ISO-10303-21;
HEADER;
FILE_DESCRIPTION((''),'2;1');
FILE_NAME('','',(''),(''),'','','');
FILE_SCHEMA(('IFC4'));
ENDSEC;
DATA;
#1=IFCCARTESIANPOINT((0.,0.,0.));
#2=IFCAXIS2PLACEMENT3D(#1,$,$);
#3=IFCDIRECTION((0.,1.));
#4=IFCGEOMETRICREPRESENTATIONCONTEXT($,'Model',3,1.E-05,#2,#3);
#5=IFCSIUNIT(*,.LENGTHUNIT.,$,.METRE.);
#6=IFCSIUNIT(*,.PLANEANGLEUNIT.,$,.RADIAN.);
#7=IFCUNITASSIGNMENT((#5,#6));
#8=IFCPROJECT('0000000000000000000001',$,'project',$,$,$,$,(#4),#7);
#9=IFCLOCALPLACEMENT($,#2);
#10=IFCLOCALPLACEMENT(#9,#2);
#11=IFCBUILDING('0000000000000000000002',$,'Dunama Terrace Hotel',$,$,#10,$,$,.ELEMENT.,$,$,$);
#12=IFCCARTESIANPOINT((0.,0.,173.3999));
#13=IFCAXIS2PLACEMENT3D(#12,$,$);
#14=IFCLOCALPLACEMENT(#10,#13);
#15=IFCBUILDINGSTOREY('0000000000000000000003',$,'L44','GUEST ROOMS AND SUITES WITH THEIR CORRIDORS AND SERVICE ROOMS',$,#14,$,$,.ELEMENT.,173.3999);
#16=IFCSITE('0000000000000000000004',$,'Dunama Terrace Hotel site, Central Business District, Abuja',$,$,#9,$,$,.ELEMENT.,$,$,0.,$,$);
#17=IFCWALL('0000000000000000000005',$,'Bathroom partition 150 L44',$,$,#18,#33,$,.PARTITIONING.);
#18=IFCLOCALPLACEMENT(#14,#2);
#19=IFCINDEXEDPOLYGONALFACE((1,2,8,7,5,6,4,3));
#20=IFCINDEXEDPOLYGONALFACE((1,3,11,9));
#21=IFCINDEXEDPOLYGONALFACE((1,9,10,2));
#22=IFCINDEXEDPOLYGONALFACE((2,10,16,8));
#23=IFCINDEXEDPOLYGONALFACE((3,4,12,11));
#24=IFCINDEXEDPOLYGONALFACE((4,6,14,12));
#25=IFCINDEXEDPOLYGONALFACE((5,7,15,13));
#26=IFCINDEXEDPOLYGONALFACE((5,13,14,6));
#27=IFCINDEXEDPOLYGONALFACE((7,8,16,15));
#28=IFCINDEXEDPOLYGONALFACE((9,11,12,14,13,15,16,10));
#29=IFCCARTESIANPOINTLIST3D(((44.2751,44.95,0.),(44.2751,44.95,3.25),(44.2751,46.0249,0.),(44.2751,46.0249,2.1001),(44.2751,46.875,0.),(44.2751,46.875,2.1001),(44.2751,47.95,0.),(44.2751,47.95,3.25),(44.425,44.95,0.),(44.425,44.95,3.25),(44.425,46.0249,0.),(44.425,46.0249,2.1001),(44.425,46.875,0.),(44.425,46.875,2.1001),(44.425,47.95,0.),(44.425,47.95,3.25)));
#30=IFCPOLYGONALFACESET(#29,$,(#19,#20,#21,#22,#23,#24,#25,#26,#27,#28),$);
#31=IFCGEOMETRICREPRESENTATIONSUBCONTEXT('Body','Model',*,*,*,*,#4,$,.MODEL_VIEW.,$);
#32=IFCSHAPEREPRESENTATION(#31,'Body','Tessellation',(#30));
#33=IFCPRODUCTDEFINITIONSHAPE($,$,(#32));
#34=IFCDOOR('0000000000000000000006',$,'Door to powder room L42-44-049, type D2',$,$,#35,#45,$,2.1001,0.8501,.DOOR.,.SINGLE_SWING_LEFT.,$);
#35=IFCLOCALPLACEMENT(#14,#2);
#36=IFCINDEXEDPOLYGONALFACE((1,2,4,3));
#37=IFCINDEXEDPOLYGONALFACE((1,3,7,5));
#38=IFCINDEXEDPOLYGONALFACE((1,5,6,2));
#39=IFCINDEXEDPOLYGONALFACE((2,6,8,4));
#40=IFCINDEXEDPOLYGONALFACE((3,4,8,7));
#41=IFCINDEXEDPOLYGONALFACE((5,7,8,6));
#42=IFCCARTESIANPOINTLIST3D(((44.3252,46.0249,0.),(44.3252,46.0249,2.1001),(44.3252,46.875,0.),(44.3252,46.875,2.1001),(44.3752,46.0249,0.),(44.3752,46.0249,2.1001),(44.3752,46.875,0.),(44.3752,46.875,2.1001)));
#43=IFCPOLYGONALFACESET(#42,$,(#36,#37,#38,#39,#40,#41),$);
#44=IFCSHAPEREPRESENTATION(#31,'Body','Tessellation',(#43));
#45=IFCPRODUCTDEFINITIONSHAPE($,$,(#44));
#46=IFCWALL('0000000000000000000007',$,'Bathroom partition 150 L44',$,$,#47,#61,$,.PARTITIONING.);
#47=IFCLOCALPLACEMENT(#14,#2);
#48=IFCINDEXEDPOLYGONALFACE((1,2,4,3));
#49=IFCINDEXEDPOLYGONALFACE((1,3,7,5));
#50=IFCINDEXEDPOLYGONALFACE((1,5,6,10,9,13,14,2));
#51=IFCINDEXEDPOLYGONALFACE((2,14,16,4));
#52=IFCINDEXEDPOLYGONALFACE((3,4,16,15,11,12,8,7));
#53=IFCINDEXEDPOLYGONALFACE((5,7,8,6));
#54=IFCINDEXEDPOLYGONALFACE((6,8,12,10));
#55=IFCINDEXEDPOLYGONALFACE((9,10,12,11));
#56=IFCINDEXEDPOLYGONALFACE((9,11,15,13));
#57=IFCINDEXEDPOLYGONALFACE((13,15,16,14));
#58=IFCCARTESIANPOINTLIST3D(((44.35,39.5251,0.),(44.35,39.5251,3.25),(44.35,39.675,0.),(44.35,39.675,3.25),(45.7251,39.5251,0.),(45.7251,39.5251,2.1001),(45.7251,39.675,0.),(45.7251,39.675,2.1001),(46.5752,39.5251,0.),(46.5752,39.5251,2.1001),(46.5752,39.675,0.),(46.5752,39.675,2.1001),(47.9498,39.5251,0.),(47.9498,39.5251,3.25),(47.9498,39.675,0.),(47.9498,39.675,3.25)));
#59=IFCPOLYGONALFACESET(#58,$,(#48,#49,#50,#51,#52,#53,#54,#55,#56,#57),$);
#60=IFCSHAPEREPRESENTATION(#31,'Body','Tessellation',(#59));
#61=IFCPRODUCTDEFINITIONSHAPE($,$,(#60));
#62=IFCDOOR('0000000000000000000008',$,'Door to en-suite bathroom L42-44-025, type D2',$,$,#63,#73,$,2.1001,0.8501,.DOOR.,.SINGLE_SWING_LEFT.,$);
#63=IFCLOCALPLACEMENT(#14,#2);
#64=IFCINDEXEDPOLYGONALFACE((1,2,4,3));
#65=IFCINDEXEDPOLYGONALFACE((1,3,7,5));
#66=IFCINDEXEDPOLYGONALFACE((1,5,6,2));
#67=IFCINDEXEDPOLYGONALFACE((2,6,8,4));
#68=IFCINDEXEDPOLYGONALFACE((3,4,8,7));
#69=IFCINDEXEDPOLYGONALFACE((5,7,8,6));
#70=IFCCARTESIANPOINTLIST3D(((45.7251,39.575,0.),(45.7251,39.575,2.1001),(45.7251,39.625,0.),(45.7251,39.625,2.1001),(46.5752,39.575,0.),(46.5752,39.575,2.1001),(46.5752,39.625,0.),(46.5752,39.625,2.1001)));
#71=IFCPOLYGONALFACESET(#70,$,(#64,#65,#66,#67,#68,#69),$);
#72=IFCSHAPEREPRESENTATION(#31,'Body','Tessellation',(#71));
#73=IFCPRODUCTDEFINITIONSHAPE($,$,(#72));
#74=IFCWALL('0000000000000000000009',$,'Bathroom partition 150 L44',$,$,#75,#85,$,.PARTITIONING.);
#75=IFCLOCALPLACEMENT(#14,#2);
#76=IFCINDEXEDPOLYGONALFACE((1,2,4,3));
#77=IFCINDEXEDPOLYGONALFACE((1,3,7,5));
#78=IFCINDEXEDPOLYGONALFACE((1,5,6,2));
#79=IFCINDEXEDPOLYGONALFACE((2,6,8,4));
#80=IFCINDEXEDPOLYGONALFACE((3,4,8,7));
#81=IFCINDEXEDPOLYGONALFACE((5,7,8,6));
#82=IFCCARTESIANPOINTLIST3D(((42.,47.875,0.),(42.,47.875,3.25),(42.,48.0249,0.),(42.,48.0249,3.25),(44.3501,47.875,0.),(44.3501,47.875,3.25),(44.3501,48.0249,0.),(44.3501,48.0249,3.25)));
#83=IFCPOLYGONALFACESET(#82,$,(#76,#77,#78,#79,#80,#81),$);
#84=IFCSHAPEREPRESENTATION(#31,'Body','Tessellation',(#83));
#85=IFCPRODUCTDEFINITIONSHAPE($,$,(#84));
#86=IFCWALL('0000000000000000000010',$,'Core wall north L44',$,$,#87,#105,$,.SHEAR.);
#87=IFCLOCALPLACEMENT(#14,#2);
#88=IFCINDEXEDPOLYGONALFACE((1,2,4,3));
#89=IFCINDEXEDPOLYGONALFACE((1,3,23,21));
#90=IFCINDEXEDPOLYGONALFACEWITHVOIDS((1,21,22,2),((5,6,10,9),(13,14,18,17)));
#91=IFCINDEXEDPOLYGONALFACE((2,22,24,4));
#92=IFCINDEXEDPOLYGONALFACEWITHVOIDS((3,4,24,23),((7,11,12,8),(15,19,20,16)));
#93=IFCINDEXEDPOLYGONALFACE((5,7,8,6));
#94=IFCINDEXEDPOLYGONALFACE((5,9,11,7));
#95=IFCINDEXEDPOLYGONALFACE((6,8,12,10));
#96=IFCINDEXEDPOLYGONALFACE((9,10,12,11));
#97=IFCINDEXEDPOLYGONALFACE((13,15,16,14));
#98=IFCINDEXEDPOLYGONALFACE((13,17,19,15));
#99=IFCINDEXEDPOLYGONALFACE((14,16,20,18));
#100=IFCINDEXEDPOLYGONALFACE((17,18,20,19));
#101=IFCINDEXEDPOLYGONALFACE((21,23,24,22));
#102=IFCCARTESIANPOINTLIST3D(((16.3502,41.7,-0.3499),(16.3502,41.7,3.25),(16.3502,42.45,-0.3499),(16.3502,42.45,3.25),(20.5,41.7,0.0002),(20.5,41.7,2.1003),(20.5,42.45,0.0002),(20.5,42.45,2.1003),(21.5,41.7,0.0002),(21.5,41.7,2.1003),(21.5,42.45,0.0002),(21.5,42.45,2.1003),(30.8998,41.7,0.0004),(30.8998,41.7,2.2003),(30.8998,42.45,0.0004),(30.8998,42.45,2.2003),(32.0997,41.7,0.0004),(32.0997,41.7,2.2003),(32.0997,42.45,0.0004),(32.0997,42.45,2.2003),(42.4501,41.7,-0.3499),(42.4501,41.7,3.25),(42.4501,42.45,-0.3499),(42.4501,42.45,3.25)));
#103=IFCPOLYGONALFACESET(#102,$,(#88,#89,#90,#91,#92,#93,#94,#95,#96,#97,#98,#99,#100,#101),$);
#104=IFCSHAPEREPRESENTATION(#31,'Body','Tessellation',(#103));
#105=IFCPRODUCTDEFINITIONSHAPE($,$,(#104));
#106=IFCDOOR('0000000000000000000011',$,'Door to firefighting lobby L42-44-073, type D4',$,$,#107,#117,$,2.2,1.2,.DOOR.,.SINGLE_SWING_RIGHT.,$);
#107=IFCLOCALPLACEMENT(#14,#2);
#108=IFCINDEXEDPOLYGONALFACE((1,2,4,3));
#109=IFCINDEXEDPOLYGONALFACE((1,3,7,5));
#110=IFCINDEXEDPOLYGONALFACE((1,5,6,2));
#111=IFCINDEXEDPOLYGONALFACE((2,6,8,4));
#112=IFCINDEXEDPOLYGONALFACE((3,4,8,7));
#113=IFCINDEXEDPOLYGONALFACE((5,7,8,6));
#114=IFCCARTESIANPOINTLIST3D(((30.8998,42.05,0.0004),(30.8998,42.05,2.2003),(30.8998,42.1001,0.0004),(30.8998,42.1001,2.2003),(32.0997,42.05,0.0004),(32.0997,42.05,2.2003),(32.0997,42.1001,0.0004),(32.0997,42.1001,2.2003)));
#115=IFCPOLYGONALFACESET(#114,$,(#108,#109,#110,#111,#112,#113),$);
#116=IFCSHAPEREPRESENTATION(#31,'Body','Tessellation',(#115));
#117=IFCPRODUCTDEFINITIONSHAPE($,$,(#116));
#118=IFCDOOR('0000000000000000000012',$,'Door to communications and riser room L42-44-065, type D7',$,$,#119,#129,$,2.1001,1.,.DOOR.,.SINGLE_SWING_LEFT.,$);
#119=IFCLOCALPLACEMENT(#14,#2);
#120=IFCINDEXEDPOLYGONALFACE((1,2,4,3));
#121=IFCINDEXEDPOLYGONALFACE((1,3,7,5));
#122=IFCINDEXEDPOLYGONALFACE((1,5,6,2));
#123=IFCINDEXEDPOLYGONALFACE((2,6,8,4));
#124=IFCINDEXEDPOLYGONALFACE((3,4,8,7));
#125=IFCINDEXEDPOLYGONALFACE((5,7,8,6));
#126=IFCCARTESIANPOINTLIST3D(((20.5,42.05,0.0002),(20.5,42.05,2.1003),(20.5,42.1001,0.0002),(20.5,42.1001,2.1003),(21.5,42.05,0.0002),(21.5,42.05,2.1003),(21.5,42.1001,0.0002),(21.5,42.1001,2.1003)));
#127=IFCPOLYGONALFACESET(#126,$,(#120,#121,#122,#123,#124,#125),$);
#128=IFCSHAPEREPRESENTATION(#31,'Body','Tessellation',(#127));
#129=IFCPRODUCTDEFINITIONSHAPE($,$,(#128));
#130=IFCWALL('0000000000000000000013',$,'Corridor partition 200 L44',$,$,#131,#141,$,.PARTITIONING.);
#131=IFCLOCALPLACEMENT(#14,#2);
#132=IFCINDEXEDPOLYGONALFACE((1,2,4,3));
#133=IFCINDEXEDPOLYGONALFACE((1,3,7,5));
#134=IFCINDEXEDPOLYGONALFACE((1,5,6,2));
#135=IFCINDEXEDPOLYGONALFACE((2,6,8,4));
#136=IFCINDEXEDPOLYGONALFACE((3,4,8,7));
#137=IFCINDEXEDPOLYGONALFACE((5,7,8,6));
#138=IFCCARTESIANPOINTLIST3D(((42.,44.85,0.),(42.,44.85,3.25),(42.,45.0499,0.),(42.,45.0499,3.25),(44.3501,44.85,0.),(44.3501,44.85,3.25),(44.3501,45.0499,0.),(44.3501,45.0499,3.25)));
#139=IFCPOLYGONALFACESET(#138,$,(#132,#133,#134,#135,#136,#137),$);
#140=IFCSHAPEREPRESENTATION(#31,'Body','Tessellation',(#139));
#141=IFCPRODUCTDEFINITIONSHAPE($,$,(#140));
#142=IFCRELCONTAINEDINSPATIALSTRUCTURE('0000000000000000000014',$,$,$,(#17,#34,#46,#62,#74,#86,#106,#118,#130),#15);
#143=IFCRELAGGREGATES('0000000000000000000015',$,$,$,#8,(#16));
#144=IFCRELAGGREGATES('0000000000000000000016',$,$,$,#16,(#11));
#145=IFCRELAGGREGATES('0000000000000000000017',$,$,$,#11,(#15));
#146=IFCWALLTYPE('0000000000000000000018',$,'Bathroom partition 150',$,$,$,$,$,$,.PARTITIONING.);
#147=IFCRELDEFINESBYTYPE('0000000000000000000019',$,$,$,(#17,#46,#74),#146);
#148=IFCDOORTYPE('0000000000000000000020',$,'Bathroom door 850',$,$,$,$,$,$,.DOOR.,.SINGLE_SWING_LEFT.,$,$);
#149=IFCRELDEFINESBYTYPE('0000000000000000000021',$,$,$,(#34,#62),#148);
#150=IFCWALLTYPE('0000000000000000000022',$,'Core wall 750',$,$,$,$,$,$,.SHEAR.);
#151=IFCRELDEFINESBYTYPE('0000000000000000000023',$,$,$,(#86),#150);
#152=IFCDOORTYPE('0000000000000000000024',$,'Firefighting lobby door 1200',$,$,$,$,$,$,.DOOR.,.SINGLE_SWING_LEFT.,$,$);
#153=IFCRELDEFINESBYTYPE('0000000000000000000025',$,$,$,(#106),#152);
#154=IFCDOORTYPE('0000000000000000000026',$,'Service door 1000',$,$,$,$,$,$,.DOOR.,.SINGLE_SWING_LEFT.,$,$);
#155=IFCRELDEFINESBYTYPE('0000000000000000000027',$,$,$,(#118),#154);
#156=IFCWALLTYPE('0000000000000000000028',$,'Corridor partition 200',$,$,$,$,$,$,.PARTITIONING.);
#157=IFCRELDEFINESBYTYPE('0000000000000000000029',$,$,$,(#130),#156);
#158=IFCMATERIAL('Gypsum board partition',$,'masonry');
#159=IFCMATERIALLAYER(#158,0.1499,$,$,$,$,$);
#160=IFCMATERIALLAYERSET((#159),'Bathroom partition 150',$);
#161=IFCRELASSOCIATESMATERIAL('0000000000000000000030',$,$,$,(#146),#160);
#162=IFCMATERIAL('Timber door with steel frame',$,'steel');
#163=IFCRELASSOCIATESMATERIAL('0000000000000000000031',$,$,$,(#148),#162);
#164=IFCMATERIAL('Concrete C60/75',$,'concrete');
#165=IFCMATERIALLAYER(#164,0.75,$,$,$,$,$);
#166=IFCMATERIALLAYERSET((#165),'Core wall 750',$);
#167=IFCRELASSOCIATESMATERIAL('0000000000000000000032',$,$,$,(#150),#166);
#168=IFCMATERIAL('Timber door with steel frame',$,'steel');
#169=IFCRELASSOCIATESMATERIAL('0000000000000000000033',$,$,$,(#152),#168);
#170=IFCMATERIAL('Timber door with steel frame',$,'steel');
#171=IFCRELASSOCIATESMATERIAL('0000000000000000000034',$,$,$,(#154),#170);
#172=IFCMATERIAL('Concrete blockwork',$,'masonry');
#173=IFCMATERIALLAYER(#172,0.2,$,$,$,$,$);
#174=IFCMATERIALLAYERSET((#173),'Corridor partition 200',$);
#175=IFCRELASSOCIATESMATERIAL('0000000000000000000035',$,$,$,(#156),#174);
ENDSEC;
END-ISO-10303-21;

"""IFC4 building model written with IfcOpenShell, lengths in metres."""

from ifc_helpers import new_model, si_unit, direction, frame, frame_2d, origin, place, context, subcontext, project, spatial, rectangle, extrude, material, layer, layer_set, type_object, element, fill, save


model = new_model("IFC4")

# Units and contexts
model_context = context("Model", 3, precision=1e-05, world=origin(), true_north=direction((0.0, 1.0)))
body_context = subcontext(model_context, "Body", "Model", "MODEL_VIEW")
ifc_project = project(units=[si_unit("LENGTHUNIT", "METRE"), si_unit("PLANEANGLEUNIT", "RADIAN")], contexts=[model_context])

# Site, building, storey
site_placement = place(None, origin())
site = spatial("IfcSite", under=ifc_project, at=site_placement, Name="Dunama Terrace Hotel site, Central Business District, Abuja", CompositionType="ELEMENT", RefElevation=0.0)
building_placement = place(site_placement, origin())
building = spatial("IfcBuilding", under=site, at=building_placement, Name="Dunama Terrace Hotel", CompositionType="ELEMENT")
storey_placement = place(building_placement, frame((0.0, 0.0, 173.3999)))
storey = spatial("IfcBuildingStorey", under=building, at=storey_placement, Name="L44", Description="GUEST ROOMS AND SUITES WITH THEIR CORRIDORS AND SERVICE ROOMS", CompositionType="ELEMENT", Elevation=173.3999)

# Walls, openings, doors
ifc_material_1 = material(Name="Gypsum board partition", Category="masonry")
ifc_layer_1 = layer(ifc_material_1, 0.1499)
ifc_layer_set_1 = layer_set([ifc_layer_1], Name="Bathroom partition 150")
wall_type_1 = type_object("IfcWallType", Name="Bathroom partition 150", PredefinedType="PARTITIONING", material=ifc_layer_set_1)
wall_1_placement = place(storey_placement, frame((44.3501, 44.95, 0.0), z_axis=(0.0, 0.0, 1.0), x_axis=(0.0, 1.0, 0.0)))
wall_1 = element("IfcWall", 1, at=wall_1_placement, inside=storey, type_object=wall_type_1, Name="Bathroom partition 150 L44", PredefinedType="PARTITIONING", context=body_context, shape_type="SweptSolid", body=[
    extrude(rectangle(XDim=3.0, YDim=0.1499, at=frame_2d((1.5, 0.0))), origin(), (0.0, 0.0, 1.0), 3.25),
])
opening_1_placement = place(wall_1_placement, frame((1.075, 0.0, 0.0)))
opening_1 = element("IfcOpeningElement", 2, at=opening_1_placement, cuts=wall_1, PredefinedType="OPENING", context=body_context, shape_type="SweptSolid", body=[
    extrude(rectangle(XDim=0.8501, YDim=2.1001, at=frame_2d((0.425, 1.05))), frame((0.0, 0.085, 0.0), z_axis=(0.0, -1.0, 0.0), x_axis=(1.0, 0.0, 0.0)), (0.0, 0.0, 1.0), 0.1699),
])
ifc_material_2 = material(Name="Timber door with steel frame", Category="steel")
door_type_1 = type_object("IfcDoorType", Name="Bathroom door 850", OperationType="SINGLE_SWING_LEFT", PredefinedType="DOOR", material=ifc_material_2)
door_1_placement = place(opening_1_placement, origin())
door_1 = element("IfcDoor", 3, at=door_1_placement, inside=storey, type_object=door_type_1, Name="Door to powder room L42-44-049, type D2", OperationType="SINGLE_SWING_LEFT", OverallHeight=2.1001, OverallWidth=0.8501, PredefinedType="DOOR", context=body_context, shape_type="SweptSolid", body=[
    extrude(rectangle(XDim=0.8501, YDim=2.1001, at=frame_2d((0.425, 1.05))), frame((0.0, 0.0249, 0.0), z_axis=(0.0, -1.0, 0.0), x_axis=(1.0, 0.0, 0.0)), (0.0, 0.0, 1.0), 0.05),
])
fill(opening_1, door_1)
wall_2_placement = place(storey_placement, frame((44.3501, 39.6001, 0.0), z_axis=(0.0, 0.0, 1.0), x_axis=(1.0, 0.0, 0.0)))
wall_2 = element("IfcWall", 4, at=wall_2_placement, inside=storey, type_object=wall_type_1, Name="Bathroom partition 150 L44", PredefinedType="PARTITIONING", context=body_context, shape_type="SweptSolid", body=[
    extrude(rectangle(XDim=3.5999, YDim=0.1499, at=frame_2d((1.7998, 0.0))), origin(), (0.0, 0.0, 1.0), 3.25),
])
opening_2_placement = place(wall_2_placement, frame((1.375, 0.0, 0.0)))
opening_2 = element("IfcOpeningElement", 5, at=opening_2_placement, cuts=wall_2, PredefinedType="OPENING", context=body_context, shape_type="SweptSolid", body=[
    extrude(rectangle(XDim=0.8501, YDim=2.1001, at=frame_2d((0.425, 1.05))), frame((0.0, 0.085, 0.0), z_axis=(0.0, -1.0, 0.0), x_axis=(1.0, 0.0, 0.0)), (0.0, 0.0, 1.0), 0.1699),
])
door_2_placement = place(opening_2_placement, origin())
door_2 = element("IfcDoor", 6, at=door_2_placement, inside=storey, type_object=door_type_1, Name="Door to en-suite bathroom L42-44-025, type D2", OperationType="SINGLE_SWING_LEFT", OverallHeight=2.1001, OverallWidth=0.8501, PredefinedType="DOOR", context=body_context, shape_type="SweptSolid", body=[
    extrude(rectangle(XDim=0.8501, YDim=2.1001, at=frame_2d((0.425, 1.05))), frame((0.0, 0.0249, 0.0), z_axis=(0.0, -1.0, 0.0), x_axis=(1.0, 0.0, 0.0)), (0.0, 0.0, 1.0), 0.05),
])
fill(opening_2, door_2)

# Wall
wall_3_placement = place(storey_placement, frame((42.0, 47.95, 0.0), z_axis=(0.0, 0.0, 1.0), x_axis=(1.0, 0.0, 0.0)))
element("IfcWall", 7, at=wall_3_placement, inside=storey, type_object=wall_type_1, Name="Bathroom partition 150 L44", PredefinedType="PARTITIONING", context=body_context, shape_type="SweptSolid", body=[
    extrude(rectangle(XDim=2.3501, YDim=0.1499, at=frame_2d((1.175, 0.0))), origin(), (0.0, 0.0, 1.0), 3.25),
])

# Wall, openings, doors
ifc_material_3 = material(Name="Concrete C60/75", Category="concrete")
ifc_layer_2 = layer(ifc_material_3, 0.75)
ifc_layer_set_2 = layer_set([ifc_layer_2], Name="Core wall 750")
wall_type_2 = type_object("IfcWallType", Name="Core wall 750", PredefinedType="SHEAR", material=ifc_layer_set_2)
wall_4_placement = place(storey_placement, frame((42.45, 42.075, -0.3499), z_axis=(0.0, 0.0, 1.0), x_axis=(-1.0, 0.0, 0.0)))
wall_4 = element("IfcWall", 8, at=wall_4_placement, inside=storey, type_object=wall_type_2, Name="Core wall north L44", PredefinedType="SHEAR", context=body_context, shape_type="SweptSolid", body=[
    extrude(rectangle(XDim=26.0999, YDim=0.75, at=frame_2d((13.0498, 0.0))), origin(), (0.0, 0.0, 1.0), 3.5999),
])
opening_3_placement = place(wall_4_placement, frame((20.95, 0.0, 0.3501)))
opening_3 = element("IfcOpeningElement", 9, at=opening_3_placement, cuts=wall_4, PredefinedType="OPENING", context=body_context, shape_type="SweptSolid", body=[
    extrude(rectangle(XDim=1.0, YDim=2.1001, at=frame_2d((0.5, 1.05))), frame((0.0, 0.385, 0.0), z_axis=(0.0, -1.0, 0.0), x_axis=(1.0, 0.0, 0.0)), (0.0, 0.0, 1.0), 0.77),
])
opening_4_placement = place(wall_4_placement, frame((10.3501, 0.0, 0.3501)))
opening_4 = element("IfcOpeningElement", 10, at=opening_4_placement, cuts=wall_4, PredefinedType="OPENING", context=body_context, shape_type="SweptSolid", body=[
    extrude(rectangle(XDim=1.2, YDim=2.2, at=frame_2d((0.6001, 1.1001))), frame((0.0, 0.385, 0.0), z_axis=(0.0, -1.0, 0.0), x_axis=(1.0, 0.0, 0.0)), (0.0, 0.0, 1.0), 0.77),
])
ifc_material_4 = material(Name="Timber door with steel frame", Category="steel")
door_type_2 = type_object("IfcDoorType", Name="Firefighting lobby door 1200", OperationType="SINGLE_SWING_LEFT", PredefinedType="DOOR", material=ifc_material_4)
door_3_placement = place(opening_4_placement, origin())
door_3 = element("IfcDoor", 11, at=door_3_placement, inside=storey, type_object=door_type_2, Name="Door to firefighting lobby L42-44-073, type D4", OperationType="SINGLE_SWING_RIGHT", OverallHeight=2.2, OverallWidth=1.2, PredefinedType="DOOR", context=body_context, shape_type="SweptSolid", body=[
    extrude(rectangle(XDim=1.2, YDim=2.2, at=frame_2d((0.6001, 1.1001))), frame((0.0, 0.0249, 0.0), z_axis=(0.0, -1.0, 0.0), x_axis=(1.0, 0.0, 0.0)), (0.0, 0.0, 1.0), 0.05),
])
fill(opening_4, door_3)
ifc_material_5 = material(Name="Timber door with steel frame", Category="steel")
door_type_3 = type_object("IfcDoorType", Name="Service door 1000", OperationType="SINGLE_SWING_LEFT", PredefinedType="DOOR", material=ifc_material_5)
door_4_placement = place(opening_3_placement, origin())
door_4 = element("IfcDoor", 12, at=door_4_placement, inside=storey, type_object=door_type_3, Name="Door to communications and riser room L42-44-065, type D7", OperationType="SINGLE_SWING_LEFT", OverallHeight=2.1001, OverallWidth=1.0, PredefinedType="DOOR", context=body_context, shape_type="SweptSolid", body=[
    extrude(rectangle(XDim=1.0, YDim=2.1001, at=frame_2d((0.5, 1.05))), frame((0.0, 0.0249, 0.0), z_axis=(0.0, -1.0, 0.0), x_axis=(1.0, 0.0, 0.0)), (0.0, 0.0, 1.0), 0.05),
])
fill(opening_3, door_4)

# Wall
ifc_material_6 = material(Name="Concrete blockwork", Category="masonry")
ifc_layer_3 = layer(ifc_material_6, 0.2)
ifc_layer_set_3 = layer_set([ifc_layer_3], Name="Corridor partition 200")
wall_type_3 = type_object("IfcWallType", Name="Corridor partition 200", PredefinedType="PARTITIONING", material=ifc_layer_set_3)
wall_5_placement = place(storey_placement, frame((42.0, 44.95, 0.0), z_axis=(0.0, 0.0, 1.0), x_axis=(1.0, 0.0, 0.0)))
element("IfcWall", 13, at=wall_5_placement, inside=storey, type_object=wall_type_3, Name="Corridor partition 200 L44", PredefinedType="PARTITIONING", context=body_context, shape_type="SweptSolid", body=[
    extrude(rectangle(XDim=2.3501, YDim=0.2, at=frame_2d((1.175, 0.0))), origin(), (0.0, 0.0, 1.0), 3.25),
])

save(model, "model.ifc")
